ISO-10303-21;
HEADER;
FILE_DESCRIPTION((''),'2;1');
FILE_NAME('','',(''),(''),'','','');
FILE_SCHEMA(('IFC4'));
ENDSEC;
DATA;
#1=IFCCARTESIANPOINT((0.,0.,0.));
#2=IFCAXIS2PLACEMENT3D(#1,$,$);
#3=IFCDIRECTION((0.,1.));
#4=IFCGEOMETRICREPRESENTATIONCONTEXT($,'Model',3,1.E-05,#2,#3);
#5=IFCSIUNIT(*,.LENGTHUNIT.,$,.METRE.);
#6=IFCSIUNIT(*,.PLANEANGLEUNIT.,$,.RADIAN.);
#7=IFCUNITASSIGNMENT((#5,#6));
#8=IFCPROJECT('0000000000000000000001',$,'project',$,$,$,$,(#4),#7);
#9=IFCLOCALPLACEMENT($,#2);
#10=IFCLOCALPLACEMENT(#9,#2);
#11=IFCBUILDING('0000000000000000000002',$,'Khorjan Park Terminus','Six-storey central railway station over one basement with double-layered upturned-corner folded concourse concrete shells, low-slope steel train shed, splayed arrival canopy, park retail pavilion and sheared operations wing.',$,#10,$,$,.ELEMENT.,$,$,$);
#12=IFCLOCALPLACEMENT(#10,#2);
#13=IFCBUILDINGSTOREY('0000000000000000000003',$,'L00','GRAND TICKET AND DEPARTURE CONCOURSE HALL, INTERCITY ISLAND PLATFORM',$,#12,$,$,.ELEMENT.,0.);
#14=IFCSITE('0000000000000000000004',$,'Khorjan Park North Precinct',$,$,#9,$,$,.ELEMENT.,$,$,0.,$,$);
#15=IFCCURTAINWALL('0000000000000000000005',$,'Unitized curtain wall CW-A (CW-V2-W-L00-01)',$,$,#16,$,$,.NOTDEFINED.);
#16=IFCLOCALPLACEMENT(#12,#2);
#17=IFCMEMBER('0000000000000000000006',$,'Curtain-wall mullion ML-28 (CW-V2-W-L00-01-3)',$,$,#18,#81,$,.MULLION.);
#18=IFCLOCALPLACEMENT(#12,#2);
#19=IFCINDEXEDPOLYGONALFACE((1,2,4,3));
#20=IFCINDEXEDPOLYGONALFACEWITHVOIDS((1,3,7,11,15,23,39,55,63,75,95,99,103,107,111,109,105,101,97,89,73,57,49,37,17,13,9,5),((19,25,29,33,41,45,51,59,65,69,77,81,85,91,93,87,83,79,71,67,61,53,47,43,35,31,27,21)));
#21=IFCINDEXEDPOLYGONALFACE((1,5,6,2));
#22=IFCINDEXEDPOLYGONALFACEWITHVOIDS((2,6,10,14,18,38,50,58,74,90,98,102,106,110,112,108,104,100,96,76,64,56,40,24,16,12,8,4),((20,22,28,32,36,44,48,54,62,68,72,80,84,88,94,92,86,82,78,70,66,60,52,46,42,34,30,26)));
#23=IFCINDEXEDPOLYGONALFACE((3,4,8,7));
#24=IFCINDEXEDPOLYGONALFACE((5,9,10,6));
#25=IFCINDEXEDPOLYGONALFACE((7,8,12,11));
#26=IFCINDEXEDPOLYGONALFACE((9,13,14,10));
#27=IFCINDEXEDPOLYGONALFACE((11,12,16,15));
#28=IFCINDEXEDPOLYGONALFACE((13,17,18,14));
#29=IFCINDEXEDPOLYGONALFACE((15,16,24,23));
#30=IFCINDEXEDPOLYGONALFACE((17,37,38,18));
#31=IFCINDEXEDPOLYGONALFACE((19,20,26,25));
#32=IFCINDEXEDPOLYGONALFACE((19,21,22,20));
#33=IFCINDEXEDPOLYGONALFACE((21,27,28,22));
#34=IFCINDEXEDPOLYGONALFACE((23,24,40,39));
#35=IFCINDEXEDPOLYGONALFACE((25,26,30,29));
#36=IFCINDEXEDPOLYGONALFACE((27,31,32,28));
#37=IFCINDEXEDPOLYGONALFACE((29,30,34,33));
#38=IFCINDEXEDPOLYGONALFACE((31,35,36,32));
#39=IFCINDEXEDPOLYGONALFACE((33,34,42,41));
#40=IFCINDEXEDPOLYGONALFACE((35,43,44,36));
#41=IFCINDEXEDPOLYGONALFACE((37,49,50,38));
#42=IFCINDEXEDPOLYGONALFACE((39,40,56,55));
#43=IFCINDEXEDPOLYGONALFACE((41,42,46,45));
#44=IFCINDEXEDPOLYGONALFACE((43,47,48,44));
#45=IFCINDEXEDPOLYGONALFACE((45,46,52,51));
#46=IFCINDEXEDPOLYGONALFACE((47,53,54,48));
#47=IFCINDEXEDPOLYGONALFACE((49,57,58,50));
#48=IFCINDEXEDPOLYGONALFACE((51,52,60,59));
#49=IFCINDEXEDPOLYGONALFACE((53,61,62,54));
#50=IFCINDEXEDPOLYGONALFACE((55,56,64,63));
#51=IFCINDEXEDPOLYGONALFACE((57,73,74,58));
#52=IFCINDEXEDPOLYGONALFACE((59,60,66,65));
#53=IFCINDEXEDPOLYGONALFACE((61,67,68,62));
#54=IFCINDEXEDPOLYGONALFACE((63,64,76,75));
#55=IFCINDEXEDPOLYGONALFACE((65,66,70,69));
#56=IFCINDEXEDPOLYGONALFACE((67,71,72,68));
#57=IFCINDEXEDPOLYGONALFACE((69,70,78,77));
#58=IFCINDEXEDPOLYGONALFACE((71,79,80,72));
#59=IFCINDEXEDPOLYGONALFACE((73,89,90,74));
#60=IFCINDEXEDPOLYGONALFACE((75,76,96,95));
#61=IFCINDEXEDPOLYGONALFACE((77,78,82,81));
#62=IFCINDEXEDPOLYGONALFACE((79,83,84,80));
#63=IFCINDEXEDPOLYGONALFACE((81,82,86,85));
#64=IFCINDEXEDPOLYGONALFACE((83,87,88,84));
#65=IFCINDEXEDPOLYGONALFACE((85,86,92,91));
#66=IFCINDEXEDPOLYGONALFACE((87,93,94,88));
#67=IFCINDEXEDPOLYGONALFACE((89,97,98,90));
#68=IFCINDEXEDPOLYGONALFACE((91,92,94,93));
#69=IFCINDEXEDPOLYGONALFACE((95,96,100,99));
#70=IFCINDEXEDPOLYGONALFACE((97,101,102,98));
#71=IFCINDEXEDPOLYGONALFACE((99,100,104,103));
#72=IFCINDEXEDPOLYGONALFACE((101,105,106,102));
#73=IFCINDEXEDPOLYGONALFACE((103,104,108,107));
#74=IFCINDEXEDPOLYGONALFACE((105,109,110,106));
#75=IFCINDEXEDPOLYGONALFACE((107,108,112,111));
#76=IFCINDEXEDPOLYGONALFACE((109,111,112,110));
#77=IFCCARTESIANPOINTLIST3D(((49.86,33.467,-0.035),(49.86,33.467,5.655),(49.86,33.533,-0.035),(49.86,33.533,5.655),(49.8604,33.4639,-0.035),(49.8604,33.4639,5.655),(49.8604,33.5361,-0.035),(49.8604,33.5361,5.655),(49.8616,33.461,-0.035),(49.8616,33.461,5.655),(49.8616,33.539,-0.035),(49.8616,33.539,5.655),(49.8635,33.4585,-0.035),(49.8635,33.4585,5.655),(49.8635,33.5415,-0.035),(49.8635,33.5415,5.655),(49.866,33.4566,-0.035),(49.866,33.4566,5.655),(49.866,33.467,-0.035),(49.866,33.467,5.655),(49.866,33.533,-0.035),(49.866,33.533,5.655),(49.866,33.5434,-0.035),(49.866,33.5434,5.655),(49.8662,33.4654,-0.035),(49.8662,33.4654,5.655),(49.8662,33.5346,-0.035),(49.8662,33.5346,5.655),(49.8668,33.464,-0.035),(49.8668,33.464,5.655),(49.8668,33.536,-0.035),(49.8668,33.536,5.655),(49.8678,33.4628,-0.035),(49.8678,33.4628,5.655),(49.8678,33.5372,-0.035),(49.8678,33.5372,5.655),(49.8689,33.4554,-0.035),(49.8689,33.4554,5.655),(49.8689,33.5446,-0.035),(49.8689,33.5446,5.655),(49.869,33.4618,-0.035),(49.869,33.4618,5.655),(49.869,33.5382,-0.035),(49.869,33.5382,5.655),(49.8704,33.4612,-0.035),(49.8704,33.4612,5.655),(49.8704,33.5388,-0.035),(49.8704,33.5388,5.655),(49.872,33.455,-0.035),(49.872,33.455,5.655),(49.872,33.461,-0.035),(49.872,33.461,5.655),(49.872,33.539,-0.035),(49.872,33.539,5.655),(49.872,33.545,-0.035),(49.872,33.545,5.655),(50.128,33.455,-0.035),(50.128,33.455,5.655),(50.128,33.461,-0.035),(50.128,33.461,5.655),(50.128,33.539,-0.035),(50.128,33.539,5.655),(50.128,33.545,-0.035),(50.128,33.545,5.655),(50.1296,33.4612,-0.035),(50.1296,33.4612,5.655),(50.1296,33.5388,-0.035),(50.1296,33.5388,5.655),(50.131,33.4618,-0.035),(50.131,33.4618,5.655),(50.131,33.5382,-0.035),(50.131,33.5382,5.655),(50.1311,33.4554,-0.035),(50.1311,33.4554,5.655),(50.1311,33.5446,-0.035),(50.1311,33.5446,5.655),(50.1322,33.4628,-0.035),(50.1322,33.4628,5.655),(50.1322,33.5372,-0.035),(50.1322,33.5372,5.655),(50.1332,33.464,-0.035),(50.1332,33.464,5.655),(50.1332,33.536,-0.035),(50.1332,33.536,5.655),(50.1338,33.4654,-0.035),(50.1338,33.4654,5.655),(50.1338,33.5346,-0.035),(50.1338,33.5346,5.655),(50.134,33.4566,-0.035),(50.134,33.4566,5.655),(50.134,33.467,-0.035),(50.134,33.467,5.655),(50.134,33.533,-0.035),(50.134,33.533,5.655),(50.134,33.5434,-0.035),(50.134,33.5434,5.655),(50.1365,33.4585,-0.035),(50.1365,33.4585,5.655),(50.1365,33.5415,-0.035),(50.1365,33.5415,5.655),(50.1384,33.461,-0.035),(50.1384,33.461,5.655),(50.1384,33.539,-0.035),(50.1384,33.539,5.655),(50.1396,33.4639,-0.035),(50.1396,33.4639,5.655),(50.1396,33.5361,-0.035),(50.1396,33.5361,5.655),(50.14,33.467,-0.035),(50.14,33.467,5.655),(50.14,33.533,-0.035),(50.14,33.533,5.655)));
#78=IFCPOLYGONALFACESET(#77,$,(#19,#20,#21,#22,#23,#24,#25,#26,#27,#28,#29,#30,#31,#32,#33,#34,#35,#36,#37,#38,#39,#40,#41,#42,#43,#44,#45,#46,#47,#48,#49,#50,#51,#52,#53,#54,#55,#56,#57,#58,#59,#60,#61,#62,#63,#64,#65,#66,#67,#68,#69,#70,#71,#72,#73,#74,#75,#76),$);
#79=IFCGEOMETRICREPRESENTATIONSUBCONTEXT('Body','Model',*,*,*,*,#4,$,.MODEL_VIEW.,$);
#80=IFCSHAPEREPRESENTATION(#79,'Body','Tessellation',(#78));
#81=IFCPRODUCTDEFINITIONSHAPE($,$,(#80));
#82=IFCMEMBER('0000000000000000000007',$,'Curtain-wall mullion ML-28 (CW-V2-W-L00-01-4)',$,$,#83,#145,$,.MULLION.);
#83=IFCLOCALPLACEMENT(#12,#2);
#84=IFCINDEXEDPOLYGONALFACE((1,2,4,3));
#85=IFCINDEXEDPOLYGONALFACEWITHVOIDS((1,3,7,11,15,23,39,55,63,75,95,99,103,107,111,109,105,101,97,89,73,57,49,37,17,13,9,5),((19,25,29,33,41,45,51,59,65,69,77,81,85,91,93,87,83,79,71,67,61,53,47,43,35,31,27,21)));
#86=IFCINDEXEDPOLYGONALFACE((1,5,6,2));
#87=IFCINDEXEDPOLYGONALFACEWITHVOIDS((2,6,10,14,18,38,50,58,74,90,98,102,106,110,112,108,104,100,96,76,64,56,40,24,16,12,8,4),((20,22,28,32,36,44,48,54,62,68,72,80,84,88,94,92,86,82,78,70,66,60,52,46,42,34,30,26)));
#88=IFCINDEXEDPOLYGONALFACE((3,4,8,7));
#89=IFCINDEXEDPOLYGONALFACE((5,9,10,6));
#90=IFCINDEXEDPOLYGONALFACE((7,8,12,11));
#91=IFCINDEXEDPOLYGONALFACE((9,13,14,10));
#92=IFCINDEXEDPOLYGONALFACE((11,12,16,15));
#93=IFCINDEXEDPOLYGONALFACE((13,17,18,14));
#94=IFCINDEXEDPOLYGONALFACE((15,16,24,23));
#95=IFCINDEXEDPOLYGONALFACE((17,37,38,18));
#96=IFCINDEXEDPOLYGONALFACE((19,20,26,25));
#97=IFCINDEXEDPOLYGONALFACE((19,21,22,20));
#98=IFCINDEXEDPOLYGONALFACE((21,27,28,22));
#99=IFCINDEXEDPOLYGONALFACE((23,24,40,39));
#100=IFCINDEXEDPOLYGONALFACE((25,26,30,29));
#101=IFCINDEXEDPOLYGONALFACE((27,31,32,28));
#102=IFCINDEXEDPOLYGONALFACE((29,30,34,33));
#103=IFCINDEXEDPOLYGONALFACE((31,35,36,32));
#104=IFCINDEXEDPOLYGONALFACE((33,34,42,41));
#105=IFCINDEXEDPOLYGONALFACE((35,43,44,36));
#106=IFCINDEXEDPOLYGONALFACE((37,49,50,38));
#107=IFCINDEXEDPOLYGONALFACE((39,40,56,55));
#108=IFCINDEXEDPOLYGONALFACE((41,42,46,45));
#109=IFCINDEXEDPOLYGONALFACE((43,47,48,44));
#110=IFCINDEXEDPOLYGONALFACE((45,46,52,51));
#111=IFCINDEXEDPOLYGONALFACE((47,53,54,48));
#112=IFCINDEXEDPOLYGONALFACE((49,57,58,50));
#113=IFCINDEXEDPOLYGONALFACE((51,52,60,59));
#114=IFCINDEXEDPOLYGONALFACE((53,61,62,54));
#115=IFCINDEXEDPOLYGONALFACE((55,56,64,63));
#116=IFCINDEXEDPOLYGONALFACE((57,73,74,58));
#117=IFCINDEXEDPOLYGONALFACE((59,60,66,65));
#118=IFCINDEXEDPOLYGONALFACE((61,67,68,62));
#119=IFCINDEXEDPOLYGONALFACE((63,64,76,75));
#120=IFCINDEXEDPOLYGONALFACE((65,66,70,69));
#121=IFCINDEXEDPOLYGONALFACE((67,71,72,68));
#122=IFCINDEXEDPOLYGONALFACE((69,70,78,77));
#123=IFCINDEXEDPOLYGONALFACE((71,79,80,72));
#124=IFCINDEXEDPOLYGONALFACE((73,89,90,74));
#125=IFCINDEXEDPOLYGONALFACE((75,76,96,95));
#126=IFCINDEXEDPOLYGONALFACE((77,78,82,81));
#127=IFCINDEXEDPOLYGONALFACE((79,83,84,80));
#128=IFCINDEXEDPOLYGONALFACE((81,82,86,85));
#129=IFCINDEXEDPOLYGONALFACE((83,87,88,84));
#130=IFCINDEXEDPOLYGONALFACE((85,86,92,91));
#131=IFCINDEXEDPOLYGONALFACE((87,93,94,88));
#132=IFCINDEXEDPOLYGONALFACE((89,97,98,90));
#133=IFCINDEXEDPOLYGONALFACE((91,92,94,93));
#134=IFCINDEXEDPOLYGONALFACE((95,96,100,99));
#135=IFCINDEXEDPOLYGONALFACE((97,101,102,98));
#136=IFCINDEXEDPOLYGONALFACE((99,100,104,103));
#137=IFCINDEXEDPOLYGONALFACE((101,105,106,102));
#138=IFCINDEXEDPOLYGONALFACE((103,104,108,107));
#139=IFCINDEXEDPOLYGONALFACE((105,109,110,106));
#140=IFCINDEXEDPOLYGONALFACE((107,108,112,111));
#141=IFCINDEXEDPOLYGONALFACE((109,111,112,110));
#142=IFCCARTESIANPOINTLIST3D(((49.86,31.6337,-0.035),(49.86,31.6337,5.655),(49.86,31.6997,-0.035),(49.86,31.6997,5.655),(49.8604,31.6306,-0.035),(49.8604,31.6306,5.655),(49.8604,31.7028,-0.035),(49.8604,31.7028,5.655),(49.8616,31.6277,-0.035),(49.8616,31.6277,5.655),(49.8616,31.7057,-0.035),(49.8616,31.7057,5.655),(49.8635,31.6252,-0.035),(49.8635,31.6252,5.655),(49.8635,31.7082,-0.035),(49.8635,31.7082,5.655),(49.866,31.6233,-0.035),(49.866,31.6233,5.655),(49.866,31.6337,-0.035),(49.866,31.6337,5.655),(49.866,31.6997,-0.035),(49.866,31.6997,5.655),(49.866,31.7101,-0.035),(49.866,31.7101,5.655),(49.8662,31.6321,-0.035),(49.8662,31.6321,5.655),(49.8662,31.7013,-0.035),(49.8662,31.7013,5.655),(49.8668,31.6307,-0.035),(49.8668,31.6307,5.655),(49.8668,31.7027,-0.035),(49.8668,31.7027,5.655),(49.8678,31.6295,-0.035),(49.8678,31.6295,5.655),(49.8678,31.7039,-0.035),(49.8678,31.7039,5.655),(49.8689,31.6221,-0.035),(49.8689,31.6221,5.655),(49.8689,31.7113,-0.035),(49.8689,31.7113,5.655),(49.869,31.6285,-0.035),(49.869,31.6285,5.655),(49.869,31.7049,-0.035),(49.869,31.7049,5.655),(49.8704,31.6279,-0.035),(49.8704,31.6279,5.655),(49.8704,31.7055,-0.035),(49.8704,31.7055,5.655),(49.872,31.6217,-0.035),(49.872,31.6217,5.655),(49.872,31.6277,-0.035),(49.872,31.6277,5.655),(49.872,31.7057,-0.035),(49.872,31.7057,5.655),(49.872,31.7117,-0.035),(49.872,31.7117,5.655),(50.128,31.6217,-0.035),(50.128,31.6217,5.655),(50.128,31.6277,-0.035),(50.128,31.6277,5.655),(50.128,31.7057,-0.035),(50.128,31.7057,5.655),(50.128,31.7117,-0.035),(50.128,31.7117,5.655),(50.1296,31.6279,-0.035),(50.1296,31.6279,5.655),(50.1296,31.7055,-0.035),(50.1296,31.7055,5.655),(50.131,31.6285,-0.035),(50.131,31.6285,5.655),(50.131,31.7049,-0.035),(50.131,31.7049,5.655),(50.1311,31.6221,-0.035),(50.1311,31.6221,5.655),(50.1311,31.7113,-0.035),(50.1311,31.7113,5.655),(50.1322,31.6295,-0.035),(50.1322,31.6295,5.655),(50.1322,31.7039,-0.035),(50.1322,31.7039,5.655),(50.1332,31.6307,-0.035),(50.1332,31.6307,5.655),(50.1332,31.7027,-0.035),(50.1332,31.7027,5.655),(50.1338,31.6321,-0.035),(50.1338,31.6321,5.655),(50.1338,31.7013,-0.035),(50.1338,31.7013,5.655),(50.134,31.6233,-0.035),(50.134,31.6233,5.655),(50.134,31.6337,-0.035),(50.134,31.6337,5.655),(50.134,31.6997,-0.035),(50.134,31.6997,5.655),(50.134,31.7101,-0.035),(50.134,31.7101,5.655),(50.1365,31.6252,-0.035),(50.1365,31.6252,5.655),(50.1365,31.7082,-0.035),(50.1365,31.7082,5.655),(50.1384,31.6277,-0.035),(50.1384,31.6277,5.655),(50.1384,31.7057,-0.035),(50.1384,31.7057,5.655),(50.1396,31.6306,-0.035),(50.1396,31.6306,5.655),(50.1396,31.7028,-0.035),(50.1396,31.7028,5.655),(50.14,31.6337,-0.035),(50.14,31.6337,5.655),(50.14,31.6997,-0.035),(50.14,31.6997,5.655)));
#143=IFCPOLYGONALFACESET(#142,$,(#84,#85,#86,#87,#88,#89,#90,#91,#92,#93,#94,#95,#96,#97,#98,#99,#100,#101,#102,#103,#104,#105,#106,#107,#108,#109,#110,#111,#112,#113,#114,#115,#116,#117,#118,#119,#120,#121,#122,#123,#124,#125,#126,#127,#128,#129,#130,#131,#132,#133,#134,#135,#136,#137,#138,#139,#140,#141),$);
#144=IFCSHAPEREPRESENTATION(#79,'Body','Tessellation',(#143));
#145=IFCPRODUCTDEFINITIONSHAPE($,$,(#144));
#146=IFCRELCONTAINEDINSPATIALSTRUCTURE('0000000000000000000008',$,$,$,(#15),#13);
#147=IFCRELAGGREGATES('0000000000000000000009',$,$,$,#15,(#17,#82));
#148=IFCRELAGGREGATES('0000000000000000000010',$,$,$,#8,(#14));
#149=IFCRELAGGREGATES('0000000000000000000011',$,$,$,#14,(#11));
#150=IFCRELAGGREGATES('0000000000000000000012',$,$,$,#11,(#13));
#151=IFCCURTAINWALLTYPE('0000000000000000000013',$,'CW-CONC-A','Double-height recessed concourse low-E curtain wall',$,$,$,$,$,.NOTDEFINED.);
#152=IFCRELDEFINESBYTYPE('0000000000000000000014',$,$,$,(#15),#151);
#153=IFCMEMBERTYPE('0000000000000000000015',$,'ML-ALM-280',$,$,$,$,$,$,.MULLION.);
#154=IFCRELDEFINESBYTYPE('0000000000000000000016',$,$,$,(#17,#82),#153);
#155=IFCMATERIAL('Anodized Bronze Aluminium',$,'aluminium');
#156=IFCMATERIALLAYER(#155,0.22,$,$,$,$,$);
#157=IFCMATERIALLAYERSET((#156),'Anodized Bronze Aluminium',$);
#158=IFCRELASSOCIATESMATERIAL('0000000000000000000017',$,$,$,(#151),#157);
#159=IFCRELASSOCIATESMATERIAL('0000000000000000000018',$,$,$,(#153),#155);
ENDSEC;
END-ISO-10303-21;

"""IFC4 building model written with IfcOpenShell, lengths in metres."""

from ifc_helpers import new_model, si_unit, direction, frame, origin, origin_2d, place, context, subcontext, project, spatial, hollow_rectangle, extrude, material, layer, layer_set, material_profile, profile_set, type_object, element, aggregate, save


model = new_model("IFC4")

# Units and contexts
model_context = context("Model", 3, precision=1e-05, world=origin(), true_north=direction((0.0, 1.0)))
body_context = subcontext(model_context, "Body", "Model", "MODEL_VIEW")
ifc_project = project(units=[si_unit("LENGTHUNIT", "METRE"), si_unit("PLANEANGLEUNIT", "RADIAN")], contexts=[model_context])

# Site, building, storey
site_placement = place(None, origin())
site = spatial("IfcSite", under=ifc_project, at=site_placement, Name="Khorjan Park North Precinct", CompositionType="ELEMENT", RefElevation=0.0)
building_placement = place(site_placement, origin())
building = spatial("IfcBuilding", under=site, at=building_placement, Name="Khorjan Park Terminus", Description="Six-storey central railway station over one basement with double-layered upturned-corner folded concourse concrete shells, low-slope steel train shed, splayed arrival canopy, park retail pavilion and sheared operations wing.", CompositionType="ELEMENT")
storey_placement = place(building_placement, origin())
storey = spatial("IfcBuildingStorey", under=building, at=storey_placement, Name="L00", Description="GRAND TICKET AND DEPARTURE CONCOURSE HALL, INTERCITY ISLAND PLATFORM", CompositionType="ELEMENT", Elevation=0.0)

# Curtain wall, members
ifc_material_1 = material(Name="Anodized Bronze Aluminium", Category="aluminium")
ifc_layer_1 = layer(ifc_material_1, 0.22)
ifc_layer_set_1 = layer_set([ifc_layer_1], Name="Anodized Bronze Aluminium")
curtain_wall_type = type_object("IfcCurtainWallType", Name="CW-CONC-A", Description="Double-height recessed concourse low-E curtain wall", PredefinedType="NOTDEFINED", material=ifc_layer_set_1)
curtain_wall_placement = place(storey_placement, origin())
curtain_wall = element("IfcCurtainWall", 1, at=curtain_wall_placement, inside=storey, type_object=curtain_wall_type, Name="Unitized curtain wall CW-A (CW-V2-W-L00-01)", PredefinedType="NOTDEFINED")
ifc_material_profile_1 = material_profile(ifc_material_1, hollow_rectangle(XDim=0.09, YDim=0.28, WallThickness=0.006, InnerFilletRadius=0.006, OuterFilletRadius=0.012, at=origin_2d()), Name="ALM 90x280x6")
ifc_profile_set_1 = profile_set([ifc_material_profile_1], Name="Anodized Bronze Aluminium")
member_type_1 = type_object("IfcMemberType", Name="ML-ALM-280", PredefinedType="MULLION", material=ifc_profile_set_1)
member_1_placement = place(storey_placement, frame((50.0, 33.5, -0.035), z_axis=(0.0, 0.0, 1.0), x_axis=(0.0, -1.0, 0.0)))
member_1 = element("IfcMember", 2, at=member_1_placement, type_object=member_type_1, Name="Curtain-wall mullion ML-28 (CW-V2-W-L00-01-3)", PredefinedType="MULLION", context=body_context, shape_type="SweptSolid", body=[
    extrude(hollow_rectangle(XDim=0.09, YDim=0.28, WallThickness=0.006, InnerFilletRadius=0.006, OuterFilletRadius=0.012, at=origin_2d()), origin(), (0.0, 0.0, 1.0), 5.69),
])
member_2_placement = place(storey_placement, frame((50.0, 31.6667, -0.035), z_axis=(0.0, 0.0, 1.0), x_axis=(0.0, -1.0, 0.0)))
member_2 = element("IfcMember", 3, at=member_2_placement, type_object=member_type_1, Name="Curtain-wall mullion ML-28 (CW-V2-W-L00-01-4)", PredefinedType="MULLION", context=body_context, shape_type="SweptSolid", body=[
    extrude(hollow_rectangle(XDim=0.09, YDim=0.28, WallThickness=0.006, InnerFilletRadius=0.006, OuterFilletRadius=0.012, at=origin_2d()), origin(), (0.0, 0.0, 1.0), 5.69),
])
aggregate(curtain_wall, [member_1, member_2])

save(model, "model.ifc")
